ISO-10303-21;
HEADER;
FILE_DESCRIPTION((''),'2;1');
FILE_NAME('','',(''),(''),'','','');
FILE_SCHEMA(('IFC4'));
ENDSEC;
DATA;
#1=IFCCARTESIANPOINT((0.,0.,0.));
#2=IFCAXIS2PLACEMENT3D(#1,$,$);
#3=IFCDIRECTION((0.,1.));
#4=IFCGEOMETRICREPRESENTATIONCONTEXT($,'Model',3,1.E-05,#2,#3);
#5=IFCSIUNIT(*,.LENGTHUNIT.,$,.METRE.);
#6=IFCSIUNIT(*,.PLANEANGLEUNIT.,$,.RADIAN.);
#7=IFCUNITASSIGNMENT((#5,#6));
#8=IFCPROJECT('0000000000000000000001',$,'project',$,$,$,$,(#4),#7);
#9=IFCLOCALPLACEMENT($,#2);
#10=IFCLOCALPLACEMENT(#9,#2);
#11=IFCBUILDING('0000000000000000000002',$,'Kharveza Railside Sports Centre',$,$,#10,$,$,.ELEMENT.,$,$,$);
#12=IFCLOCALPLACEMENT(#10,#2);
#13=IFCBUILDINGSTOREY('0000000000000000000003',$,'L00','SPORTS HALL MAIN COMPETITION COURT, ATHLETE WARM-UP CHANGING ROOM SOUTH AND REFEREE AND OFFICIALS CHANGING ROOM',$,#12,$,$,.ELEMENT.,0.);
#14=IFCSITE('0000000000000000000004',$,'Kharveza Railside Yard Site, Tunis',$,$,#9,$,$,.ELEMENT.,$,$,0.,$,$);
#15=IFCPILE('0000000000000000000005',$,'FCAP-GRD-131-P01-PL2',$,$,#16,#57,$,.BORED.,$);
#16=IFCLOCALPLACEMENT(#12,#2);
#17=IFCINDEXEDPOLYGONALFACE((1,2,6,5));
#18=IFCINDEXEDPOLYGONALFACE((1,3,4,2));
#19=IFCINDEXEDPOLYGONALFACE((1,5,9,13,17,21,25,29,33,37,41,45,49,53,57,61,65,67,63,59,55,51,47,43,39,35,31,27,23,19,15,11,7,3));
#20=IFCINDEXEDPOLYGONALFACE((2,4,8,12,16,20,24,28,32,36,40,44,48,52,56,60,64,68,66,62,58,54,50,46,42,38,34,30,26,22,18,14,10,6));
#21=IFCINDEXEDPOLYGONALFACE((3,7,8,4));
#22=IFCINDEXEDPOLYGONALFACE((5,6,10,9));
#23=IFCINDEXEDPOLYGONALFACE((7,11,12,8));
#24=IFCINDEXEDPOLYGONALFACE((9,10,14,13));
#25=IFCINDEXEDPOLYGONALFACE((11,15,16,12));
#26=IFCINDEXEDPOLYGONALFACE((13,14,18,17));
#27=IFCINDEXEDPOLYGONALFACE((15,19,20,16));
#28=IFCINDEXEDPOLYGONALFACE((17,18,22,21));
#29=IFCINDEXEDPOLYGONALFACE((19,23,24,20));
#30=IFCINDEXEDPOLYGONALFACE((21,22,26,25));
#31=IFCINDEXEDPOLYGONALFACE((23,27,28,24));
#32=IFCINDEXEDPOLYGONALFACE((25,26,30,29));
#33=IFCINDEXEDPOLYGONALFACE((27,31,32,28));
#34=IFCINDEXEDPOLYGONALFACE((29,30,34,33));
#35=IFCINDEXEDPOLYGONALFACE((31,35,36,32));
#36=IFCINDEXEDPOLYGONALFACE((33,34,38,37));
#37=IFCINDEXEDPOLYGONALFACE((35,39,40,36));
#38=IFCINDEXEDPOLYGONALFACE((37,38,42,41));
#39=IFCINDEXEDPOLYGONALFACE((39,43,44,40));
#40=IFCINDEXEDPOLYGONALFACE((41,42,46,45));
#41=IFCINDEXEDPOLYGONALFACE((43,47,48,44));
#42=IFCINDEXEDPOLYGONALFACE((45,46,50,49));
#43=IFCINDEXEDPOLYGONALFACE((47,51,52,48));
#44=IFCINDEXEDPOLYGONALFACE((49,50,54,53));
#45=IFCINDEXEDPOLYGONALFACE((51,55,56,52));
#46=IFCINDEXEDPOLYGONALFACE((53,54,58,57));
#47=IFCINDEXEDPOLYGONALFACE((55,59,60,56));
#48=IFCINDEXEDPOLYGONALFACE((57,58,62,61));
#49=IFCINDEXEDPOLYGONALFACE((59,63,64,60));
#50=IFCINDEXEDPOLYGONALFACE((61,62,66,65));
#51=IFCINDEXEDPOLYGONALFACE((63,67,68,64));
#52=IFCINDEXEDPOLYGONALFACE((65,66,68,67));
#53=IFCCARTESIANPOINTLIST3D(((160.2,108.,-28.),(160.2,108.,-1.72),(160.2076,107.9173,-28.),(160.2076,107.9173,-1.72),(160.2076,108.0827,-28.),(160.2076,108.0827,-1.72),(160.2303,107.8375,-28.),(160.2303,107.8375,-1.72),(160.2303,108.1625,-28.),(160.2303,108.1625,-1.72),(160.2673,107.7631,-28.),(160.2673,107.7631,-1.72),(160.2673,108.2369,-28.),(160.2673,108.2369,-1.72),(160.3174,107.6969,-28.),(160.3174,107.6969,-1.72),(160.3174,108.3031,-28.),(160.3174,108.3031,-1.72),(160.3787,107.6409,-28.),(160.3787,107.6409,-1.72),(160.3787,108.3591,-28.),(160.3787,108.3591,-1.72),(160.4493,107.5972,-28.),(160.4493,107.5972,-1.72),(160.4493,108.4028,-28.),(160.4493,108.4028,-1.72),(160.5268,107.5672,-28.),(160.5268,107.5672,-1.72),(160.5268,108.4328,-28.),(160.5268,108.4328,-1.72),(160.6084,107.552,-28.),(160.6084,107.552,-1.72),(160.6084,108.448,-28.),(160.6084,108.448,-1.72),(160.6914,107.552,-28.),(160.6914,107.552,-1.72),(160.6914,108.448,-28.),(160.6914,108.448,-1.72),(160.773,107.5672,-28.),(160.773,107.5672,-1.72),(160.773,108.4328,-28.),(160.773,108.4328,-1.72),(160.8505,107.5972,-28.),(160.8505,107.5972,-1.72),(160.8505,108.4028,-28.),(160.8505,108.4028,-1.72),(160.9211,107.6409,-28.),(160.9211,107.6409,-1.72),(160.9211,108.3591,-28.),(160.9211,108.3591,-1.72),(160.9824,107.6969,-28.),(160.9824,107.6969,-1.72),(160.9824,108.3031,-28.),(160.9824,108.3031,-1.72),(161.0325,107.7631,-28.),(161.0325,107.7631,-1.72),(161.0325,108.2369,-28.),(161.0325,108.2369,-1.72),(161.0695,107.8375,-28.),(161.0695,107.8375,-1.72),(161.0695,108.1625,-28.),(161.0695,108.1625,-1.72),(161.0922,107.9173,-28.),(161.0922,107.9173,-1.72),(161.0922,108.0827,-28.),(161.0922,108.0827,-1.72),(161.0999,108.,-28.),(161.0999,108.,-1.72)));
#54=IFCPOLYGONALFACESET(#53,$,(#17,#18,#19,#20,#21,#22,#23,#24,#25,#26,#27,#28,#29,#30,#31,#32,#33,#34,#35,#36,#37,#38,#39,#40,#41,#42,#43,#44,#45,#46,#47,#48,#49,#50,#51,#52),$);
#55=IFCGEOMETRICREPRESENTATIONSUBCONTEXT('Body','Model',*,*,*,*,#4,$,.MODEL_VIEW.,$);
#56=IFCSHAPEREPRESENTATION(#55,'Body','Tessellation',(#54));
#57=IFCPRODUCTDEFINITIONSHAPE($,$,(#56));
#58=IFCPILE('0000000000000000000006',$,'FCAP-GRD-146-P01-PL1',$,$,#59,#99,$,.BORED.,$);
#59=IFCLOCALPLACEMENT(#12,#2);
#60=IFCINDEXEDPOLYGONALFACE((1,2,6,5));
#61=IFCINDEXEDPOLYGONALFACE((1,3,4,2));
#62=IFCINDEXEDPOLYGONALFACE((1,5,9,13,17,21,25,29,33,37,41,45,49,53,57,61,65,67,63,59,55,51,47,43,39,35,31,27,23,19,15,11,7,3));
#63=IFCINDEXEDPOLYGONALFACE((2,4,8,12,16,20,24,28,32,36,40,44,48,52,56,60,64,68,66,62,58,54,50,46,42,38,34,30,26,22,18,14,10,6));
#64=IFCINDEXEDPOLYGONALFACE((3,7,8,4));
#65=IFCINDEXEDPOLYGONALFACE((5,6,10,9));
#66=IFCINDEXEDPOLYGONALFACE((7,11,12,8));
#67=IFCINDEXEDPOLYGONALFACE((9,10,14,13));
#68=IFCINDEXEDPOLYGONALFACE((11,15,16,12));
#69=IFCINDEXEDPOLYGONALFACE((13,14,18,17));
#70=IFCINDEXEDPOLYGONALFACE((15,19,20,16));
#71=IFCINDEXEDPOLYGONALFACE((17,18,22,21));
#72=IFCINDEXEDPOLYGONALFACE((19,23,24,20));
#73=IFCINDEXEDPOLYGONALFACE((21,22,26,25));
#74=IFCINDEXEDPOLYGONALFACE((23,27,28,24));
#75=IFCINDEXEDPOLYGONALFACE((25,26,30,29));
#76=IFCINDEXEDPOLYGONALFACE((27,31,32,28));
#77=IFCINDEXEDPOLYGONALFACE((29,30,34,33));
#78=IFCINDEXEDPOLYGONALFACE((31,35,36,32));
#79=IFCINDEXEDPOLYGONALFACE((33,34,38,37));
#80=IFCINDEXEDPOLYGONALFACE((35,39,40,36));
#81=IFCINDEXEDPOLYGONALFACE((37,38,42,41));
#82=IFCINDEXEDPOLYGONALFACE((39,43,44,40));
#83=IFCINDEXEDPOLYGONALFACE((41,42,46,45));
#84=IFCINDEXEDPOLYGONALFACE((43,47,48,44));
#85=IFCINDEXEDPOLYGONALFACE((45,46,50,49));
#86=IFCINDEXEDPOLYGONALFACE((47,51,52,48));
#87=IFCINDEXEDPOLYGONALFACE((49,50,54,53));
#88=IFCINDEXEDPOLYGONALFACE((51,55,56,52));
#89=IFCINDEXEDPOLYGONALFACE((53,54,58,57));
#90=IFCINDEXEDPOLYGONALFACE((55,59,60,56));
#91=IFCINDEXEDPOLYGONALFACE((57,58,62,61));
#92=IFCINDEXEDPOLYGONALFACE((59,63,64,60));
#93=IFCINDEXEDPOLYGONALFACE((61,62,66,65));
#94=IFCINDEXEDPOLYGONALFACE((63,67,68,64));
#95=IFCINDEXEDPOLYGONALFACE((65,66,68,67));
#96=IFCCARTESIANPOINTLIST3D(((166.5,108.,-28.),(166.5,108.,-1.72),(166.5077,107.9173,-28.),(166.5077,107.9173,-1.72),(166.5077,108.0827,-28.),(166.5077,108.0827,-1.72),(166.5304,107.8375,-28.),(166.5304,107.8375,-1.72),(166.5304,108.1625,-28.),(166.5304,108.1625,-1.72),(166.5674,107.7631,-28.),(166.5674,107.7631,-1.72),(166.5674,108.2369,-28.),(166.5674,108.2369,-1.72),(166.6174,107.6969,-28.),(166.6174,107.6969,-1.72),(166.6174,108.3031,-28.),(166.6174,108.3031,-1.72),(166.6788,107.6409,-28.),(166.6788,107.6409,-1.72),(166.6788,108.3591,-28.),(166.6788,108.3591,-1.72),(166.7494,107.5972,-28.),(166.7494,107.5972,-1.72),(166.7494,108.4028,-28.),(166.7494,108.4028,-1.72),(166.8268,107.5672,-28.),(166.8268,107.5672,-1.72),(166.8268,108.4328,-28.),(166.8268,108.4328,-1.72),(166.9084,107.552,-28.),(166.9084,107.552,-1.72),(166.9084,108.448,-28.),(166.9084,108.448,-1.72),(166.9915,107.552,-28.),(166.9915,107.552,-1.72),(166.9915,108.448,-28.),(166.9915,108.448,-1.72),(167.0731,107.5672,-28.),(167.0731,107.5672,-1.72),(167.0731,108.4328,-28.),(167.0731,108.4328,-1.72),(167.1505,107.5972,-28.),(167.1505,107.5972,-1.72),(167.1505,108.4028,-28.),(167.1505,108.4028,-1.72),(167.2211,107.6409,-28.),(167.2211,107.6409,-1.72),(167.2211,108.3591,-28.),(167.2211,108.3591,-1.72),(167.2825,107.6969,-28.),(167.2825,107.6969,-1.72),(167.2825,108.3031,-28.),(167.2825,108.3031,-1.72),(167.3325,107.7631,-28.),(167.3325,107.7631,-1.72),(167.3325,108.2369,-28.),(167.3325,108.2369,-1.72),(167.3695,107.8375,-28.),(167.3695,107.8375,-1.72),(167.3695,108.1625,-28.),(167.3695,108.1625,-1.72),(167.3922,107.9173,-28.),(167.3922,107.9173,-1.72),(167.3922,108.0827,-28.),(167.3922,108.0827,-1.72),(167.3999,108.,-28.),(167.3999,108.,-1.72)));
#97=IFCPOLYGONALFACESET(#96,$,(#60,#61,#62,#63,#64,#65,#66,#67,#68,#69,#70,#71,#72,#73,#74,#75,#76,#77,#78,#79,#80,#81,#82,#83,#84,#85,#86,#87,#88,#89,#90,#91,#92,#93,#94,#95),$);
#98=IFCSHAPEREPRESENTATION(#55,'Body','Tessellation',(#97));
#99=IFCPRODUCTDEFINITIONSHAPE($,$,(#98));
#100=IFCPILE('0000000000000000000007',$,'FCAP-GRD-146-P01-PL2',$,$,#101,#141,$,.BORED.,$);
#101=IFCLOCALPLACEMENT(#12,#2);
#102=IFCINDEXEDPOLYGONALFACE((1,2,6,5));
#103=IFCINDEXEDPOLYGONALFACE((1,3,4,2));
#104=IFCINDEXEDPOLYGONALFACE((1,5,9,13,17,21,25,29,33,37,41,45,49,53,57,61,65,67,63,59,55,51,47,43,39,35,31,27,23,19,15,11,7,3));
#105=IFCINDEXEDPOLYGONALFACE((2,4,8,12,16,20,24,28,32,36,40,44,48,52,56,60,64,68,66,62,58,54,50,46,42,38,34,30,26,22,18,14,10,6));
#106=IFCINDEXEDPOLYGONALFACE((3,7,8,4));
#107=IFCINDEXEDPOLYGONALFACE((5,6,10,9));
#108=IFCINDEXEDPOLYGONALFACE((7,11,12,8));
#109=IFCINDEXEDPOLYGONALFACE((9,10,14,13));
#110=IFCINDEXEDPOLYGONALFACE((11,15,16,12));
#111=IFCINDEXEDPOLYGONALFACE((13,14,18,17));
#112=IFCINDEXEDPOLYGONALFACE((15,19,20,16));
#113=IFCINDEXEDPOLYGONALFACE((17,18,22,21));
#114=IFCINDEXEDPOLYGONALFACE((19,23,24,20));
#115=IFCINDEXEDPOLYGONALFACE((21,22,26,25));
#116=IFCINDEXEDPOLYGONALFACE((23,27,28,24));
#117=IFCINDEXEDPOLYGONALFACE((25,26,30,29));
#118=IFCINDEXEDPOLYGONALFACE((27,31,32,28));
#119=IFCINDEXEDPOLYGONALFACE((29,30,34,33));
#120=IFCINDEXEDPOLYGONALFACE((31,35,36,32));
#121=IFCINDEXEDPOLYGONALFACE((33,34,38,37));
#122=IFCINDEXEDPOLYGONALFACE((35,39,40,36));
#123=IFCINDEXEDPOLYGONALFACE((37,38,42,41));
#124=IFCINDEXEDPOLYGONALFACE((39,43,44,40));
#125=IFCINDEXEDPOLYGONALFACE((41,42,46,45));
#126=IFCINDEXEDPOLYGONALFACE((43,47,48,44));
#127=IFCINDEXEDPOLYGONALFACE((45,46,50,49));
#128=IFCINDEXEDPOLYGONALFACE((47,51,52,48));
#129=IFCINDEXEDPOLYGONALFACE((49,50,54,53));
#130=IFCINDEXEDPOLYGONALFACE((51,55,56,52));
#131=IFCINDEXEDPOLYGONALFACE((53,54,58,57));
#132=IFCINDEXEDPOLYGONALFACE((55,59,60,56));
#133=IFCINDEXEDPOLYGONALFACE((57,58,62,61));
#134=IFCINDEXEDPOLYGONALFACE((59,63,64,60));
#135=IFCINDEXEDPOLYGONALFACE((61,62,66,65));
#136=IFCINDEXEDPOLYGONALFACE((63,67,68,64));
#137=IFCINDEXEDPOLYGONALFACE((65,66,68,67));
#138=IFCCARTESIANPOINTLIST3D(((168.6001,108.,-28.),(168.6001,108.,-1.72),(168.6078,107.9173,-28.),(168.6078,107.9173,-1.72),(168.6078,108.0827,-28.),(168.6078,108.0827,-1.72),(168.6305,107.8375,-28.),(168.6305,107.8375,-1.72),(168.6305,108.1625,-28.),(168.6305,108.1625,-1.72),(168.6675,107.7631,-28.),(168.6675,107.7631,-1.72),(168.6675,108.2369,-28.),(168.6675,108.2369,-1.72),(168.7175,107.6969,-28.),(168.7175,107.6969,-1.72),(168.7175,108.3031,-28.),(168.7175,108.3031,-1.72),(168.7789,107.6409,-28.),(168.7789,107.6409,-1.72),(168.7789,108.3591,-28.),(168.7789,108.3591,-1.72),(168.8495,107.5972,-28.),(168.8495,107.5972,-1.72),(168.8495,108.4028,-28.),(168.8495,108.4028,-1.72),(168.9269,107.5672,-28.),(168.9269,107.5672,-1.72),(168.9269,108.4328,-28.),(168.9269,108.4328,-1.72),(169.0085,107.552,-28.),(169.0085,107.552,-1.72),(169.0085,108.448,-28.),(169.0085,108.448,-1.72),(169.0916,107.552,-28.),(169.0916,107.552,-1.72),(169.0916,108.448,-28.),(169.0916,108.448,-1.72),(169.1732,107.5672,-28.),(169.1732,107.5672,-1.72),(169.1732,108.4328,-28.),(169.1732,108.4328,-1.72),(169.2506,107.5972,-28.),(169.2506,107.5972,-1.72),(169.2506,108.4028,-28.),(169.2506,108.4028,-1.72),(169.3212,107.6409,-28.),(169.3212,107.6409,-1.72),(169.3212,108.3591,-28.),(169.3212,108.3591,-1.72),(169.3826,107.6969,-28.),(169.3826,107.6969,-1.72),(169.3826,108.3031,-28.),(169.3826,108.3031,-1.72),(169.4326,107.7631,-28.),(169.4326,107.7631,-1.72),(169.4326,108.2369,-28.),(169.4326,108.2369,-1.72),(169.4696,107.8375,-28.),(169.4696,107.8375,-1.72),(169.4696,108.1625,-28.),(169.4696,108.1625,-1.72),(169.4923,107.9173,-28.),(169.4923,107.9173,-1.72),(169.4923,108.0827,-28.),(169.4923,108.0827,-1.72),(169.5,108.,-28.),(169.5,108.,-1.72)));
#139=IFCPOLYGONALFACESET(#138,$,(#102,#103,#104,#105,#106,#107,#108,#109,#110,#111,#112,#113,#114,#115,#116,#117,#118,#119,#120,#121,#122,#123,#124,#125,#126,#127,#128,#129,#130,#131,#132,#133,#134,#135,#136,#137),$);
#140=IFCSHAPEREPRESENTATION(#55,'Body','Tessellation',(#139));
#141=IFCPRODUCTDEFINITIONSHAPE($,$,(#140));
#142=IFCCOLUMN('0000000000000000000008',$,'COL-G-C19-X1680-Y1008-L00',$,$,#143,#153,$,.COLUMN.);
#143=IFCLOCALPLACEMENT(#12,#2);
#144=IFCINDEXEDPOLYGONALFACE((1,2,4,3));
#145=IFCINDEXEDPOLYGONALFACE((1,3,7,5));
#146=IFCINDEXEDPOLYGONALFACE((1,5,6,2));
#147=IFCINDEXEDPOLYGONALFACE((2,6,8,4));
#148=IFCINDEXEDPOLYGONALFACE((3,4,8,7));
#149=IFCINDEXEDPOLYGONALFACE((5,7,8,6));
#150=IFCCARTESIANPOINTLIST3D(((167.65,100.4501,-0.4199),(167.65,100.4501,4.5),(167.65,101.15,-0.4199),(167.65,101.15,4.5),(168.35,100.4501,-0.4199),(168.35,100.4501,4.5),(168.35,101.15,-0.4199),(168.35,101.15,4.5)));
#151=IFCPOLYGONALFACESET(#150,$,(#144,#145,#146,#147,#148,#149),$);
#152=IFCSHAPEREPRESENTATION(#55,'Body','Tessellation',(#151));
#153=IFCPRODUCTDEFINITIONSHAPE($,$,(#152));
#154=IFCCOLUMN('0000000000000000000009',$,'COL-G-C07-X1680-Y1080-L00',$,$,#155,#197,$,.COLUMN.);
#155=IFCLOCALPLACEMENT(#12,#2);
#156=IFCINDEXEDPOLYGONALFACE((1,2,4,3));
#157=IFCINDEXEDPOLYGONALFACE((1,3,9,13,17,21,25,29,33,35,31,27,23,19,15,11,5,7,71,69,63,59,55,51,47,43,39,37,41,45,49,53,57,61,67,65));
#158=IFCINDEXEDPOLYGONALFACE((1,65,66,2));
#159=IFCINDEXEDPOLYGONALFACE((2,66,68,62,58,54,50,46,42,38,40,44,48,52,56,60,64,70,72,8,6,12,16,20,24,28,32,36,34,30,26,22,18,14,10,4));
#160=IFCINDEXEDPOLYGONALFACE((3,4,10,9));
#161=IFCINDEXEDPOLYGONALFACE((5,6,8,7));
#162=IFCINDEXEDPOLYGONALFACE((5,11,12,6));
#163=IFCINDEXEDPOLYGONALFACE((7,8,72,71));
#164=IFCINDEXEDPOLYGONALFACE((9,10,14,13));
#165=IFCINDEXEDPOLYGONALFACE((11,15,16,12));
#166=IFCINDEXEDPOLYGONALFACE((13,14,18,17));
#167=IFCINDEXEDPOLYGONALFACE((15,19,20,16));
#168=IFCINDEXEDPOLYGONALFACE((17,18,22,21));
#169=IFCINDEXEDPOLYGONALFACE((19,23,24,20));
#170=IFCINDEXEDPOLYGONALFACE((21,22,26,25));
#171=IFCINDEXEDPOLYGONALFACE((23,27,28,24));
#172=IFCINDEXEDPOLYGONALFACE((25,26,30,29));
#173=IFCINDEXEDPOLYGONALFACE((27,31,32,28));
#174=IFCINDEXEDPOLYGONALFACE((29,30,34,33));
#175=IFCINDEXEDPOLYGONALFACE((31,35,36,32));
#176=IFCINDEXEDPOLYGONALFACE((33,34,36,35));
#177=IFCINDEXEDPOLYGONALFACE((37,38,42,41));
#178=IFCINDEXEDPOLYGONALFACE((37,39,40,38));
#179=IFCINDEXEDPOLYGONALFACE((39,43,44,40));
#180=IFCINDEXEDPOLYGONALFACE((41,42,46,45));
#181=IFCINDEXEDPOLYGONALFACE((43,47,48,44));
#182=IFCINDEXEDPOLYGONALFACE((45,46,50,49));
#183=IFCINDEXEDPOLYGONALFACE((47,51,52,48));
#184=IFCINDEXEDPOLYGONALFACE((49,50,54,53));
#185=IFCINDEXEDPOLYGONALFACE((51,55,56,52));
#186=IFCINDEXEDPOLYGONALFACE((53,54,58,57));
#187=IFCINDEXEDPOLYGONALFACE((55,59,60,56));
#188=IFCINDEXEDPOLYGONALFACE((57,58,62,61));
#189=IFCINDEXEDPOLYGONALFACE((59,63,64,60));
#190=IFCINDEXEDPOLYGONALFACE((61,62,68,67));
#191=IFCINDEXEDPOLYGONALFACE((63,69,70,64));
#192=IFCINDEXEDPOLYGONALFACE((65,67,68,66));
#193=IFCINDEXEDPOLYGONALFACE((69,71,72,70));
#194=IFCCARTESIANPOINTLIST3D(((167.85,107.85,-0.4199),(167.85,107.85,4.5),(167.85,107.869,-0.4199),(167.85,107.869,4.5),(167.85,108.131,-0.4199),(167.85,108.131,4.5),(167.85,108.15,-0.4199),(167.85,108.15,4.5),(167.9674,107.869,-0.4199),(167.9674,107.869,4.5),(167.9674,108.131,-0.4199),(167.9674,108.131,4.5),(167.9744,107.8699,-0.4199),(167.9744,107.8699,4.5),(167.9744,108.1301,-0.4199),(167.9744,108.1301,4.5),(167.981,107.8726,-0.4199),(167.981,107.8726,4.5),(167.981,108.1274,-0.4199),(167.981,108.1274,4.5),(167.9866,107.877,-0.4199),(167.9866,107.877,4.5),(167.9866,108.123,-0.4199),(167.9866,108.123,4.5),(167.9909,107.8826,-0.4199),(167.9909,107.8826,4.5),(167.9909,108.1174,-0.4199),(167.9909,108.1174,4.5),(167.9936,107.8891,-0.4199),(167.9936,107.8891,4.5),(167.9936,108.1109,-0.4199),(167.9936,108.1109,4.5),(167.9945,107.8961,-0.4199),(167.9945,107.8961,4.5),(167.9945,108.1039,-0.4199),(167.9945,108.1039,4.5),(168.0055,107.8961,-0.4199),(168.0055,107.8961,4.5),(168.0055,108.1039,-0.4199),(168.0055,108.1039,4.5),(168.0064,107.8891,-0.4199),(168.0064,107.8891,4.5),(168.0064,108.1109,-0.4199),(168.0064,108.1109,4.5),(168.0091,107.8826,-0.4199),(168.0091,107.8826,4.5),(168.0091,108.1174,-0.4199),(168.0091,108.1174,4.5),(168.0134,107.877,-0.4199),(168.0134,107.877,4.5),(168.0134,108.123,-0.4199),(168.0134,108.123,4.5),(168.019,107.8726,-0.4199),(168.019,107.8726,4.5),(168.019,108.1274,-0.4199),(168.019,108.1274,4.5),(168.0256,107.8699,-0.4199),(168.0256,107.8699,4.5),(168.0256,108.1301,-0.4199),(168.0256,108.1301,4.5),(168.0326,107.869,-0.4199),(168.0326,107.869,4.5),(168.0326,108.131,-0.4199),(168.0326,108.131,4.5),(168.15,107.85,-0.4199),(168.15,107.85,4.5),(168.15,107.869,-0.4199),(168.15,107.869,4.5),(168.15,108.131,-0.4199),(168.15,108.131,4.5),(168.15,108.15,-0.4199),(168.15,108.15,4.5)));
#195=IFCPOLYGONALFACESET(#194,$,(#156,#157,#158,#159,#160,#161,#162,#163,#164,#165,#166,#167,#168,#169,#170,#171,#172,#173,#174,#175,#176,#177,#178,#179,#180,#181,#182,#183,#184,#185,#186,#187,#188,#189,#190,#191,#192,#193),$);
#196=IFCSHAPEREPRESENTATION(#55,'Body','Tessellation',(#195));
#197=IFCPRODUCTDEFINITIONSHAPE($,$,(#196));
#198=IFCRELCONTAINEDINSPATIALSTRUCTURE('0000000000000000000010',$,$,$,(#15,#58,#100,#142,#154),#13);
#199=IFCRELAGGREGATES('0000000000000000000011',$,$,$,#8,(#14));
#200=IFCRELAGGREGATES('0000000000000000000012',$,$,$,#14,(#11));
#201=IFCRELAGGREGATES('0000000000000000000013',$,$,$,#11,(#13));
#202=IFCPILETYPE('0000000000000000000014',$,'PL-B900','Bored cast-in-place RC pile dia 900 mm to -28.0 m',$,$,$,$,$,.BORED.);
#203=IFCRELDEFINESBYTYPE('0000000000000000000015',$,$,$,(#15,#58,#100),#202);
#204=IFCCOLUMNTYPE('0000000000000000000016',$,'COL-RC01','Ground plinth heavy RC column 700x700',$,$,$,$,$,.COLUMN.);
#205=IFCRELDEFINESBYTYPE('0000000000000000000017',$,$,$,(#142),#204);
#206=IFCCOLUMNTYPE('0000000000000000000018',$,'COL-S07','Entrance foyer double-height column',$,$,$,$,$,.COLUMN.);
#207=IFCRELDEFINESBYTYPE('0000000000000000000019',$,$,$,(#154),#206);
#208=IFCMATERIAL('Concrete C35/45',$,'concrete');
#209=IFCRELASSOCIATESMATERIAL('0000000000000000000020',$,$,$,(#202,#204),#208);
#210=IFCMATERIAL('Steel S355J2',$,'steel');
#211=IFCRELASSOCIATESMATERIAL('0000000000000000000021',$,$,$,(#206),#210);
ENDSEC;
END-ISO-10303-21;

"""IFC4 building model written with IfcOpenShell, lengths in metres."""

from ifc_helpers import new_model, si_unit, direction, frame, origin, origin_2d, place, context, subcontext, project, spatial, rectangle, circle, i_section, extrude, material, material_profile, profile_set, type_object, element, save


model = new_model("IFC4")

# Units and contexts
model_context = context("Model", 3, precision=1e-05, world=origin(), true_north=direction((0.0, 1.0)))
body_context = subcontext(model_context, "Body", "Model", "MODEL_VIEW")
ifc_project = project(units=[si_unit("LENGTHUNIT", "METRE"), si_unit("PLANEANGLEUNIT", "RADIAN")], contexts=[model_context])

# Site, building, storey
site_placement = place(None, origin())
site = spatial("IfcSite", under=ifc_project, at=site_placement, Name="Kharveza Railside Yard Site, Tunis", CompositionType="ELEMENT", RefElevation=0.0)
building_placement = place(site_placement, origin())
building = spatial("IfcBuilding", under=site, at=building_placement, Name="Kharveza Railside Sports Centre", CompositionType="ELEMENT")
storey_placement = place(building_placement, origin())
storey = spatial("IfcBuildingStorey", under=building, at=storey_placement, Name="L00", Description="SPORTS HALL MAIN COMPETITION COURT, ATHLETE WARM-UP CHANGING ROOM SOUTH AND REFEREE AND OFFICIALS CHANGING ROOM", CompositionType="ELEMENT", Elevation=0.0)

# Shared definitions
ifc_material_1 = material(Name="Concrete C35/45", Category="concrete")

# Piles
ifc_material_profile_1 = material_profile(ifc_material_1, circle(Radius=0.45, at=origin_2d()), Name="PILE D900")
ifc_profile_set_1 = profile_set([ifc_material_profile_1], Name="Concrete C35/45")
pile_type_1 = type_object("IfcPileType", Name="PL-B900", Description="Bored cast-in-place RC pile dia 900 mm to -28.0 m", PredefinedType="BORED", material=ifc_profile_set_1)
for number, where, z_axis, x_axis, name in (
    (1, (160.6499, 108.0, -1.72), (0.0, 0.0, -1.0), (1.0, 0.0, 0.0), "FCAP-GRD-131-P01-PL2"),
    (2, (166.95, 108.0, -1.72), (0.0, 0.0, -1.0), (1.0, 0.0, 0.0), "FCAP-GRD-146-P01-PL1"),
    (3, (169.05, 108.0, -1.72), (0.0, 0.0, -1.0), (1.0, 0.0, 0.0), "FCAP-GRD-146-P01-PL2"),
):
    element("IfcPile", number, at=place(storey_placement, frame(where, z_axis=z_axis, x_axis=x_axis)), inside=storey, type_object=pile_type_1, Name=name, PredefinedType="BORED", context=body_context, shape_type="SweptSolid", body=[
        extrude(circle(Radius=0.45, at=origin_2d()), origin(), (0.0, 0.0, 1.0), 26.28),
    ])

# Columns
ifc_material_profile_2 = material_profile(ifc_material_1, rectangle(XDim=0.7, YDim=0.7, at=origin_2d()), Name="RC 700x700")
ifc_profile_set_2 = profile_set([ifc_material_profile_2], Name="Concrete C35/45")
column_type_1 = type_object("IfcColumnType", Name="COL-RC01", Description="Ground plinth heavy RC column 700x700", PredefinedType="COLUMN", material=ifc_profile_set_2)
column_1_placement = place(storey_placement, frame((168.0, 100.8, -0.4199), z_axis=(0.0, 0.0, 1.0), x_axis=(1.0, 0.0, 0.0)))
element("IfcColumn", 4, at=column_1_placement, inside=storey, type_object=column_type_1, Name="COL-G-C19-X1680-Y1008-L00", PredefinedType="COLUMN", context=body_context, shape_type="SweptSolid", body=[
    extrude(rectangle(XDim=0.7, YDim=0.7, at=origin_2d()), origin(), (0.0, 0.0, 1.0), 4.9199),
])
ifc_material_2 = material(Name="Steel S355J2", Category="steel")
ifc_material_profile_3 = material_profile(ifc_material_2, i_section(OverallWidth=0.3, OverallDepth=0.3, WebThickness=0.011, FlangeThickness=0.019, FilletRadius=0.0271, at=origin_2d()), Name="HEB 300")
ifc_profile_set_3 = profile_set([ifc_material_profile_3], Name="Steel S355J2")
column_type_2 = type_object("IfcColumnType", Name="COL-S07", Description="Entrance foyer double-height column", PredefinedType="COLUMN", material=ifc_profile_set_3)
column_2_placement = place(storey_placement, frame((168.0, 108.0, -0.4199), z_axis=(0.0, 0.0, 1.0), x_axis=(1.0, 0.0, 0.0)))
element("IfcColumn", 5, at=column_2_placement, inside=storey, type_object=column_type_2, Name="COL-G-C07-X1680-Y1080-L00", PredefinedType="COLUMN", context=body_context, shape_type="SweptSolid", body=[
    extrude(i_section(OverallWidth=0.3, OverallDepth=0.3, WebThickness=0.011, FlangeThickness=0.019, FilletRadius=0.0271, at=origin_2d()), origin(), (0.0, 0.0, 1.0), 4.9199),
])

save(model, "model.ifc")
